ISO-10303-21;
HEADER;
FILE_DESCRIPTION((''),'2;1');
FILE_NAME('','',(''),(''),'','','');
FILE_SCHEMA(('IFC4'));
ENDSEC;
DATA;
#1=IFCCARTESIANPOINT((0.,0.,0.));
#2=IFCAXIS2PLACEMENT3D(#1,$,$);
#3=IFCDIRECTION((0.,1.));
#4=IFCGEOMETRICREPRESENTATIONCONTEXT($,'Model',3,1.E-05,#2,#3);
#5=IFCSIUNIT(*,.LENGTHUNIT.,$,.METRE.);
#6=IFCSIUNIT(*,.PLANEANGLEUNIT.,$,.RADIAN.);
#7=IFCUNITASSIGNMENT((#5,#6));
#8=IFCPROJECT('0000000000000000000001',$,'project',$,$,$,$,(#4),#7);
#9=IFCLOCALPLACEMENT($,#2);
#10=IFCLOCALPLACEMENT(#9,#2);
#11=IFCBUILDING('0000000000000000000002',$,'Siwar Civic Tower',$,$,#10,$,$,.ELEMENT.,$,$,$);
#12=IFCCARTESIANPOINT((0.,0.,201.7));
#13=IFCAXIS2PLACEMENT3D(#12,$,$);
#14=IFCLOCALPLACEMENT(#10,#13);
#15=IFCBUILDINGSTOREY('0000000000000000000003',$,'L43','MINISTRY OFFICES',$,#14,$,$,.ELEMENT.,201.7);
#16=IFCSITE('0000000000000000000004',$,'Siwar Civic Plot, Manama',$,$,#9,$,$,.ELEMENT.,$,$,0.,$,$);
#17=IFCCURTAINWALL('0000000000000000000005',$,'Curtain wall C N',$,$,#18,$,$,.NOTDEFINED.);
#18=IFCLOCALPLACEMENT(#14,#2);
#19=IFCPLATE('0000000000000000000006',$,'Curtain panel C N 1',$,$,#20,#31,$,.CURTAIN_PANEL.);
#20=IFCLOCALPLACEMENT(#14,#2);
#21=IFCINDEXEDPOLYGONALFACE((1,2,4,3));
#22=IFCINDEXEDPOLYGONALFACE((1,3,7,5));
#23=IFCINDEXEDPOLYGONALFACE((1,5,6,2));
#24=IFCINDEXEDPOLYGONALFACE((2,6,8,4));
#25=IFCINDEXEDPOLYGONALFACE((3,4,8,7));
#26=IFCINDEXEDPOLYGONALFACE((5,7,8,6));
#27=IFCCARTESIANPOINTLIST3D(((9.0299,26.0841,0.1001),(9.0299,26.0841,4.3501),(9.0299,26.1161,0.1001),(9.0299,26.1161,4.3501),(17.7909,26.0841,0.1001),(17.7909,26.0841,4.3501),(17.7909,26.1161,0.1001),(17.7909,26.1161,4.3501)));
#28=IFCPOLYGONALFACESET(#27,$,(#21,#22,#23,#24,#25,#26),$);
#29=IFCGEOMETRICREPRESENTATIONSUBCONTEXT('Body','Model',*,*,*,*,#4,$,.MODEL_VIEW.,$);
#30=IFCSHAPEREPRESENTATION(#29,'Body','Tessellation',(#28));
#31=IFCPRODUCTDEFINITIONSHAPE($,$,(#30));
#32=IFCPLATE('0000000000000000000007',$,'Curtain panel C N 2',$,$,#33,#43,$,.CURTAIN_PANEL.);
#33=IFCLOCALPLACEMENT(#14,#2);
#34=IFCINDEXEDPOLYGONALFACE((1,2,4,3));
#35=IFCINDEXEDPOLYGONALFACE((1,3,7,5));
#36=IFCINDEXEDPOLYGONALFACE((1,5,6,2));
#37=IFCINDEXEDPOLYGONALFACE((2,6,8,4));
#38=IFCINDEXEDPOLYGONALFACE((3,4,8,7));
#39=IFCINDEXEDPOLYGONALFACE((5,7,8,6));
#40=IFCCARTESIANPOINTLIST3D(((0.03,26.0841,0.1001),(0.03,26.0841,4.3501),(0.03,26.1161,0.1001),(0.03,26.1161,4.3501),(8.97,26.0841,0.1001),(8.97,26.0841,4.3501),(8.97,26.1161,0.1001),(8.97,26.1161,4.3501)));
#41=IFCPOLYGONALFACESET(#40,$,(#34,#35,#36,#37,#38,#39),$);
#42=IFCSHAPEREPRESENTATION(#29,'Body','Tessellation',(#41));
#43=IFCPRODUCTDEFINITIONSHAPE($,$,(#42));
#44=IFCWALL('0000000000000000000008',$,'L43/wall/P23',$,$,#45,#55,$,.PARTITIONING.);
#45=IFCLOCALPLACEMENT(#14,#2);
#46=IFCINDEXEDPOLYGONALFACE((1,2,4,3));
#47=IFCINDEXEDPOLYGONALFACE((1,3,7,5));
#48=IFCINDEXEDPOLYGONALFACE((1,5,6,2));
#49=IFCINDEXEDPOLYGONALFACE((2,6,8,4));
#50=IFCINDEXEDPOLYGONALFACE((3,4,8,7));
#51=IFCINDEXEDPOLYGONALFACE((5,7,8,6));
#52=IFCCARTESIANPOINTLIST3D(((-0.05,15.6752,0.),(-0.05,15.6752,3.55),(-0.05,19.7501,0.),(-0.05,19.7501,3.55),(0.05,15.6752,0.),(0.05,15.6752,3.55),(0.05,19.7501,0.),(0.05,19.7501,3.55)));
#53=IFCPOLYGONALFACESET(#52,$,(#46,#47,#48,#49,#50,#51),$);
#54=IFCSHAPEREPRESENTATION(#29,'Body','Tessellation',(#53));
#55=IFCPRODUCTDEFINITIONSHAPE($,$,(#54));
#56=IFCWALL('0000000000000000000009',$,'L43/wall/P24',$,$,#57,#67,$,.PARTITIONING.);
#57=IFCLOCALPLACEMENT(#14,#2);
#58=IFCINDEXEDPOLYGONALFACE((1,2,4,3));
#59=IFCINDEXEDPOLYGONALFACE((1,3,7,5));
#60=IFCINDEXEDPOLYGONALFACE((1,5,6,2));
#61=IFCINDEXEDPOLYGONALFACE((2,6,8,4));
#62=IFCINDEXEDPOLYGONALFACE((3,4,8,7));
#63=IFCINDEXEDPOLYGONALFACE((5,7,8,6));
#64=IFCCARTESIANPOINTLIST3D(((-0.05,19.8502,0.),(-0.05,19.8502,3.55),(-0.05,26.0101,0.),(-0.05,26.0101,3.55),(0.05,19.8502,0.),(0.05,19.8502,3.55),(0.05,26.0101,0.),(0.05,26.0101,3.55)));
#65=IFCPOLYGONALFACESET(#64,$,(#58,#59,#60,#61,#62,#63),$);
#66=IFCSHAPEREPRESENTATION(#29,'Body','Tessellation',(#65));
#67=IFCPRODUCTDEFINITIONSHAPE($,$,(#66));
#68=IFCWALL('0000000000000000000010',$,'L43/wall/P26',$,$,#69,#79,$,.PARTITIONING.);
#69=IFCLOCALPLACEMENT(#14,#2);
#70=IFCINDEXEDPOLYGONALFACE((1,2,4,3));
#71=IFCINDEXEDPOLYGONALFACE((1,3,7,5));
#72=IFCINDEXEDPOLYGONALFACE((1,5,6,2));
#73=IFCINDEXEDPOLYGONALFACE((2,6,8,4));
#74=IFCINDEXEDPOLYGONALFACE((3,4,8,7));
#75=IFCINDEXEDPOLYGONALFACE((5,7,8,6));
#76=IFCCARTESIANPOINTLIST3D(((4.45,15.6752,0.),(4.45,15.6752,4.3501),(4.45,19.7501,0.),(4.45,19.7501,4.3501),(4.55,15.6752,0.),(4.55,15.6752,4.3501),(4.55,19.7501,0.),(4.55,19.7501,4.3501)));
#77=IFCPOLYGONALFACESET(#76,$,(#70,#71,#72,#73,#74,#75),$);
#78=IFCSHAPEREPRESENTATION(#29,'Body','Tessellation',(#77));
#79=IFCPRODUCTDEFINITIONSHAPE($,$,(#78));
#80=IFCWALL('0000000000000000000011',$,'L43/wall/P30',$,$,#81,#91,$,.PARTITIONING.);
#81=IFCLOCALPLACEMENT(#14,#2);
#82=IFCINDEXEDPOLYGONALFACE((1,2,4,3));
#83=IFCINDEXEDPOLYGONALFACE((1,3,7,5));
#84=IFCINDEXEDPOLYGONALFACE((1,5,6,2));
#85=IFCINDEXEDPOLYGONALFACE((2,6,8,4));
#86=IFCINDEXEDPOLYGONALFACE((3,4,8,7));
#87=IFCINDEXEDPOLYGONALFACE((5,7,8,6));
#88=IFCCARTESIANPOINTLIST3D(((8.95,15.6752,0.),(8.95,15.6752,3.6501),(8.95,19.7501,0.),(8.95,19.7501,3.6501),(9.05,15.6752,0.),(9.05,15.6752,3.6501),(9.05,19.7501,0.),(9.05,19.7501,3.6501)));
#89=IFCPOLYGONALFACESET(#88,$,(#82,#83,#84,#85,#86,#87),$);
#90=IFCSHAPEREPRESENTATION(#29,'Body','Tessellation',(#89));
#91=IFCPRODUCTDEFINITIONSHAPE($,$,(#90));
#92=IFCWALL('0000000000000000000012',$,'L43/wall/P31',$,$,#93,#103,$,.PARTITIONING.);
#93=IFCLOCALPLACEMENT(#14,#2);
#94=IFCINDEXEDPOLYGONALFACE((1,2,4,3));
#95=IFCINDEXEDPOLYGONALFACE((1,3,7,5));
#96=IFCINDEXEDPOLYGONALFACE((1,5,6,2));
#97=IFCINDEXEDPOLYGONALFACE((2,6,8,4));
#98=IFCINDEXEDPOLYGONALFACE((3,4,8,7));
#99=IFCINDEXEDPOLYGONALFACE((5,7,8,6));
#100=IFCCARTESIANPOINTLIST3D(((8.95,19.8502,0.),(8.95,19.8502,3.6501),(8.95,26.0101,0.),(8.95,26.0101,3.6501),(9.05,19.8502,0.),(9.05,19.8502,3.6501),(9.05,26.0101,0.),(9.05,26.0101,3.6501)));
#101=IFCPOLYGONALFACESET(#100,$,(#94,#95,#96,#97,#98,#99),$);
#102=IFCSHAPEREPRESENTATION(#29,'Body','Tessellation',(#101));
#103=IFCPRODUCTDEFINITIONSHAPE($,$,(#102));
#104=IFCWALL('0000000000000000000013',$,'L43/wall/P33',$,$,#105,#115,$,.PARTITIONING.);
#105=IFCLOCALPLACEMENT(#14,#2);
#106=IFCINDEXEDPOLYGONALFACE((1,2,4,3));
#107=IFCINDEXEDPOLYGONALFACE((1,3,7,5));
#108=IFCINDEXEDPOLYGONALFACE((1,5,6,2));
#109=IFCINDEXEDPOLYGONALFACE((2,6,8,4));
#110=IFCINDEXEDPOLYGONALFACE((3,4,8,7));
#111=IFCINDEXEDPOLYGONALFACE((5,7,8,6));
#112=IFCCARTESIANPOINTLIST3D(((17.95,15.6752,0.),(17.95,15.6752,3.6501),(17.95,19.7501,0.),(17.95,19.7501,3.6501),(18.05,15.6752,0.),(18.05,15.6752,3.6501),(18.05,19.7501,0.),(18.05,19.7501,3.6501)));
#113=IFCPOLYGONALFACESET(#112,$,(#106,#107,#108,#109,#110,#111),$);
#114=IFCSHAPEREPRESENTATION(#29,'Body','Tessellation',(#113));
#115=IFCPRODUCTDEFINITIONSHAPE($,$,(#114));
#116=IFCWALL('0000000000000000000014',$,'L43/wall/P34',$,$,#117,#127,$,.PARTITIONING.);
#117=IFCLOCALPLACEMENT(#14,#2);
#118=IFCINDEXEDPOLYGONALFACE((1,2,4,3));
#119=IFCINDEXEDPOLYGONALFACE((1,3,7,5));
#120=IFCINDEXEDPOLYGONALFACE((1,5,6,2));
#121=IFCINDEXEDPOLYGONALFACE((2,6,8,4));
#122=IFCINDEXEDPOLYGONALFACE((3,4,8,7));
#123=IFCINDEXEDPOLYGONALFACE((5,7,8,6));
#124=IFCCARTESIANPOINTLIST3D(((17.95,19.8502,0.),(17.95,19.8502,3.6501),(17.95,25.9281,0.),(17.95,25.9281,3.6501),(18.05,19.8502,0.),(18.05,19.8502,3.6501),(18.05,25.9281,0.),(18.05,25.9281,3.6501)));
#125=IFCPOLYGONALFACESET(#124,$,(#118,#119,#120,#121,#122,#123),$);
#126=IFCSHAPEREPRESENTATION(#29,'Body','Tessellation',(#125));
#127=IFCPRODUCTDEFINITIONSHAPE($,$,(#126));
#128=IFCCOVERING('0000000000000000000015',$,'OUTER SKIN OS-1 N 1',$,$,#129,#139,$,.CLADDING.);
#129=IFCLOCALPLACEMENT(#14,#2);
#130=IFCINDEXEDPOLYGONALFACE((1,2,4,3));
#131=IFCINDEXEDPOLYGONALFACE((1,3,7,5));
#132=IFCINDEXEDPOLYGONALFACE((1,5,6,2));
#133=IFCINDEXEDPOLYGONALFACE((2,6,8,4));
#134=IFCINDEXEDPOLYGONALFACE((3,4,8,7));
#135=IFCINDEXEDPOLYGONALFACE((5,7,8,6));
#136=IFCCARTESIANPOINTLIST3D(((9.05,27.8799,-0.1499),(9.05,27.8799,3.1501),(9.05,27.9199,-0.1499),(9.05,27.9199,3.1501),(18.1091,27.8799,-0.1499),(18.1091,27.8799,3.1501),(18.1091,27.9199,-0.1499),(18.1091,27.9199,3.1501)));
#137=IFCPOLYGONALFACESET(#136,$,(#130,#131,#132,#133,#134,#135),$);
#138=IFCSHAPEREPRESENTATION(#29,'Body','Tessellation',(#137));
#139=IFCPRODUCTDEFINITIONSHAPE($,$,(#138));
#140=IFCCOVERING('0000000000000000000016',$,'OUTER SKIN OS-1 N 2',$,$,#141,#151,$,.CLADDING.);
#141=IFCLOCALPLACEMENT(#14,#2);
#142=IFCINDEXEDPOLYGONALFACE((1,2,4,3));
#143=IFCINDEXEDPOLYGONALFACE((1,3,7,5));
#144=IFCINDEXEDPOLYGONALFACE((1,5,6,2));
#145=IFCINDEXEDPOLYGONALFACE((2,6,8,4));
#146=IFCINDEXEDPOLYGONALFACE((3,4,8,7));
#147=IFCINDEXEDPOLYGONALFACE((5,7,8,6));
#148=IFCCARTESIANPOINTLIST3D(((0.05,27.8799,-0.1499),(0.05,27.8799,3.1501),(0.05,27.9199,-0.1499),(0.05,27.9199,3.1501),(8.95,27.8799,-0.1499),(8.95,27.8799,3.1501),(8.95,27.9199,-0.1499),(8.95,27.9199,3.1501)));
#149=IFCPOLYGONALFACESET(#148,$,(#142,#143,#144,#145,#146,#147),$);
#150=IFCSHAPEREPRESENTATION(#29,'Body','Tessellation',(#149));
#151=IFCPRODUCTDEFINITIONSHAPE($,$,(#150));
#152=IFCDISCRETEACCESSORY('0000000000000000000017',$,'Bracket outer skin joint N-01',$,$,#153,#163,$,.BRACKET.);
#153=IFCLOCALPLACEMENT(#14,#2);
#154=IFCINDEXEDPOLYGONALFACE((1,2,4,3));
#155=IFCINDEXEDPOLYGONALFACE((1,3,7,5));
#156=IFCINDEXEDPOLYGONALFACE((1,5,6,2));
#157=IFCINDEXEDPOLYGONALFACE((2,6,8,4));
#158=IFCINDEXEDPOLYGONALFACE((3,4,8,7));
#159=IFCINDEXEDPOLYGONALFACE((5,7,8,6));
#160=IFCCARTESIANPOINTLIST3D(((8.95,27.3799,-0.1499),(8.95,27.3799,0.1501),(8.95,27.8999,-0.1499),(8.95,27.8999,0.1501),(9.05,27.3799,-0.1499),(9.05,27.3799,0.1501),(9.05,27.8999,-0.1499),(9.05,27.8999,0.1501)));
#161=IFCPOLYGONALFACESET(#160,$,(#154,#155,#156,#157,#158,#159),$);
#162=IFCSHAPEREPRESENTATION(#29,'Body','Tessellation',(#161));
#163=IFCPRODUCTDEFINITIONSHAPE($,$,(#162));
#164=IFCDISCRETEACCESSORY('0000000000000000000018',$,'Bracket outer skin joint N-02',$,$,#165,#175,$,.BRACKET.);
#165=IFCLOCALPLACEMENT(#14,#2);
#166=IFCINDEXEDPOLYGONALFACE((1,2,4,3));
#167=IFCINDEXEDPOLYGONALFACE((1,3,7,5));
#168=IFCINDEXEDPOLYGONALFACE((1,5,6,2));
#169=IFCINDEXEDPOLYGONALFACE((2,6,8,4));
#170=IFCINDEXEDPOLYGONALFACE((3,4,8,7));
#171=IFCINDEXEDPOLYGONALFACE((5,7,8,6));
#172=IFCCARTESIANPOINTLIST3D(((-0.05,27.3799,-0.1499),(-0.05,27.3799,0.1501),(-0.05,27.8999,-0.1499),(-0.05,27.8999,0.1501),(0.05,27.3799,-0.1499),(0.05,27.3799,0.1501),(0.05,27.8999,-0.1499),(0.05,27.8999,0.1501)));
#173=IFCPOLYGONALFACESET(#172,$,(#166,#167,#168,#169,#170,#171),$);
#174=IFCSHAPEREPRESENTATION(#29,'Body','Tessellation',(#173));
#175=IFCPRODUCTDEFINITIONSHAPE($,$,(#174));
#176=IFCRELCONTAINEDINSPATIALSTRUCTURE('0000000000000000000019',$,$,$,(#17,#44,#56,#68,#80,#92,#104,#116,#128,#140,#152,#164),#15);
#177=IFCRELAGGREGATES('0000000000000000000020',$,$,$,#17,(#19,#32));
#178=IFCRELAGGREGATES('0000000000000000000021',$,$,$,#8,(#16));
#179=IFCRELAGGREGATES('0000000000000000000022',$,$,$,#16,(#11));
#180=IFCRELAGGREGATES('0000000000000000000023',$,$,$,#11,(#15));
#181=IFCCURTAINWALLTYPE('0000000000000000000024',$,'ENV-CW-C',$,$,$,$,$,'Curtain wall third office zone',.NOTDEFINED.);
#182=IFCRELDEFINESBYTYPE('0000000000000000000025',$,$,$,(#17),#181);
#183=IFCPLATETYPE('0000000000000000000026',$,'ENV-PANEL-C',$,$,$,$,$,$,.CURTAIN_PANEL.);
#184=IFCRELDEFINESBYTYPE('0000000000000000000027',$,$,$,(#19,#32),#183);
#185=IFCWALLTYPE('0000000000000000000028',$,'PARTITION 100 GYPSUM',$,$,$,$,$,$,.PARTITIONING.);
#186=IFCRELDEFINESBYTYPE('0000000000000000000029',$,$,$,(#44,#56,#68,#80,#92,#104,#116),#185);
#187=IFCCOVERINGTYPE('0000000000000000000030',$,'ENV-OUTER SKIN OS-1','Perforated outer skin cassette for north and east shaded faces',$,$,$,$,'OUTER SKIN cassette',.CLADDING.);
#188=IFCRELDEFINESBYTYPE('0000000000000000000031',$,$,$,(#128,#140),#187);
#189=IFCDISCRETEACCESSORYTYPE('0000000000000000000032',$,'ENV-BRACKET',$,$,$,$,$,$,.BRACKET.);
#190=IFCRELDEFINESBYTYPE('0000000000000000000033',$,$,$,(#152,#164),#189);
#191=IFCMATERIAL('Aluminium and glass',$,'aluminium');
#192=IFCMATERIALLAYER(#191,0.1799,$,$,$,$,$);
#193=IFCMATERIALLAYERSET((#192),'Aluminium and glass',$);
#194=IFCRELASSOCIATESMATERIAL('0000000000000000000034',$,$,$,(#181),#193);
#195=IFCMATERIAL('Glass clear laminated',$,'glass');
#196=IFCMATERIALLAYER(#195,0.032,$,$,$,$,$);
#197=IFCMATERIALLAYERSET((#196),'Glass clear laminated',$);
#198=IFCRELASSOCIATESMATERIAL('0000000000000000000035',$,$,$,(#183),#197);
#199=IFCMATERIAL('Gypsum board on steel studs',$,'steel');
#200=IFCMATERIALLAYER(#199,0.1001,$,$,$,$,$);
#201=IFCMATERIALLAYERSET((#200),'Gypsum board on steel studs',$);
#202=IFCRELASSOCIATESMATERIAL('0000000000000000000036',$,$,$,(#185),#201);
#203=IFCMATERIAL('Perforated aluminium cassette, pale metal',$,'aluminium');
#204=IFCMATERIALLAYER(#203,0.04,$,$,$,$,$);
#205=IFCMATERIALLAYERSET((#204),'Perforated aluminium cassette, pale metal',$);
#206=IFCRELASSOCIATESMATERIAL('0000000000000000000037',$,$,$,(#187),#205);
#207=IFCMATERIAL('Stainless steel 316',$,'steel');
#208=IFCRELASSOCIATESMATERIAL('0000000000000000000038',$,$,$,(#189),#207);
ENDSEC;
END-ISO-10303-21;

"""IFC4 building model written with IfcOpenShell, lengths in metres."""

from ifc_helpers import new_model, si_unit, direction, frame, frame_2d, origin, origin_2d, place, context, subcontext, project, spatial, rectangle, extrude, material, layer, layer_set, type_object, element, aggregate, save


model = new_model("IFC4")

# Units and contexts
model_context = context("Model", 3, precision=1e-05, world=origin(), true_north=direction((0.0, 1.0)))
body_context = subcontext(model_context, "Body", "Model", "MODEL_VIEW")
ifc_project = project(units=[si_unit("LENGTHUNIT", "METRE"), si_unit("PLANEANGLEUNIT", "RADIAN")], contexts=[model_context])

# Site, building, storey
site_placement = place(None, origin())
site = spatial("IfcSite", under=ifc_project, at=site_placement, Name="Siwar Civic Plot, Manama", CompositionType="ELEMENT", RefElevation=0.0)
building_placement = place(site_placement, origin())
building = spatial("IfcBuilding", under=site, at=building_placement, Name="Siwar Civic Tower", CompositionType="ELEMENT")
storey_placement = place(building_placement, frame((0.0, 0.0, 201.7)))
storey = spatial("IfcBuildingStorey", under=building, at=storey_placement, Name="L43", Description="MINISTRY OFFICES", CompositionType="ELEMENT", Elevation=201.7)

# Curtain wall
ifc_material_1 = material(Name="Aluminium and glass", Category="aluminium")
ifc_layer_1 = layer(ifc_material_1, 0.1799)
ifc_layer_set_1 = layer_set([ifc_layer_1], Name="Aluminium and glass")
curtain_wall_type = type_object("IfcCurtainWallType", Name="ENV-CW-C", ElementType="Curtain wall third office zone", PredefinedType="NOTDEFINED", material=ifc_layer_set_1)
curtain_wall_placement = place(storey_placement, origin())
curtain_wall = element("IfcCurtainWall", 1, at=curtain_wall_placement, inside=storey, type_object=curtain_wall_type, Name="Curtain wall C N", PredefinedType="NOTDEFINED")

# Plates
ifc_material_2 = material(Name="Glass clear laminated", Category="glass")
ifc_layer_2 = layer(ifc_material_2, 0.032)
ifc_layer_set_2 = layer_set([ifc_layer_2], Name="Glass clear laminated")
plate_type = type_object("IfcPlateType", Name="ENV-PANEL-C", PredefinedType="CURTAIN_PANEL", material=ifc_layer_set_2)
plate_1_placement = place(storey_placement, frame((13.4104, 26.1001, 0.1001), z_axis=(0.0, 0.0, 1.0), x_axis=(-1.0, 0.0, 0.0)))
plate_1 = element("IfcPlate", 2, at=plate_1_placement, type_object=plate_type, Name="Curtain panel C N 1", PredefinedType="CURTAIN_PANEL", context=body_context, shape_type="SweptSolid", body=[
    extrude(rectangle(XDim=8.761, YDim=0.032, at=origin_2d()), origin(), (0.0, 0.0, 1.0), 4.25),
])
plate_2_placement = place(storey_placement, frame((4.5, 26.1001, 0.1001), z_axis=(0.0, 0.0, 1.0), x_axis=(-1.0, 0.0, 0.0)))
plate_2 = element("IfcPlate", 3, at=plate_2_placement, type_object=plate_type, Name="Curtain panel C N 2", PredefinedType="CURTAIN_PANEL", context=body_context, shape_type="SweptSolid", body=[
    extrude(rectangle(XDim=8.9399, YDim=0.032, at=origin_2d()), origin(), (0.0, 0.0, 1.0), 4.25),
])
aggregate(curtain_wall, [plate_1, plate_2])

# Walls
ifc_material_3 = material(Name="Gypsum board on steel studs", Category="steel")
ifc_layer_3 = layer(ifc_material_3, 0.1001)
ifc_layer_set_3 = layer_set([ifc_layer_3], Name="Gypsum board on steel studs")
wall_type = type_object("IfcWallType", Name="PARTITION 100 GYPSUM", PredefinedType="PARTITIONING", material=ifc_layer_set_3)
wall_1_placement = place(storey_placement, frame((0.0, 15.675, 0.0), z_axis=(0.0, 0.0, 1.0), x_axis=(0.0, 1.0, 0.0)))
element("IfcWall", 4, at=wall_1_placement, inside=storey, type_object=wall_type, Name="L43/wall/P23", PredefinedType="PARTITIONING", context=body_context, shape_type="SweptSolid", body=[
    extrude(rectangle(XDim=4.075, YDim=0.1001, at=frame_2d((2.0376, 0.0))), origin(), (0.0, 0.0, 1.0), 3.55),
])
wall_2_placement = place(storey_placement, frame((0.0, 19.8501, 0.0), z_axis=(0.0, 0.0, 1.0), x_axis=(0.0, 1.0, 0.0)))
element("IfcWall", 5, at=wall_2_placement, inside=storey, type_object=wall_type, Name="L43/wall/P24", PredefinedType="PARTITIONING", context=body_context, shape_type="SweptSolid", body=[
    extrude(rectangle(XDim=6.1599, YDim=0.1001, at=frame_2d((3.0801, 0.0))), origin(), (0.0, 0.0, 1.0), 3.55),
])
wall_3_placement = place(storey_placement, frame((4.5, 15.675, 0.0), z_axis=(0.0, 0.0, 1.0), x_axis=(0.0, 1.0, 0.0)))
element("IfcWall", 6, at=wall_3_placement, inside=storey, type_object=wall_type, Name="L43/wall/P26", PredefinedType="PARTITIONING", context=body_context, shape_type="SweptSolid", body=[
    extrude(rectangle(XDim=4.075, YDim=0.1001, at=frame_2d((2.0376, 0.0))), origin(), (0.0, 0.0, 1.0), 4.3501),
])
wall_4_placement = place(storey_placement, frame((9.0, 15.675, 0.0), z_axis=(0.0, 0.0, 1.0), x_axis=(0.0, 1.0, 0.0)))
element("IfcWall", 7, at=wall_4_placement, inside=storey, type_object=wall_type, Name="L43/wall/P30", PredefinedType="PARTITIONING", context=body_context, shape_type="SweptSolid", body=[
    extrude(rectangle(XDim=4.075, YDim=0.1001, at=frame_2d((2.0376, 0.0))), origin(), (0.0, 0.0, 1.0), 3.6501),
])
wall_5_placement = place(storey_placement, frame((9.0, 19.8501, 0.0), z_axis=(0.0, 0.0, 1.0), x_axis=(0.0, 1.0, 0.0)))
element("IfcWall", 8, at=wall_5_placement, inside=storey, type_object=wall_type, Name="L43/wall/P31", PredefinedType="PARTITIONING", context=body_context, shape_type="SweptSolid", body=[
    extrude(rectangle(XDim=6.1599, YDim=0.1001, at=frame_2d((3.0801, 0.0))), origin(), (0.0, 0.0, 1.0), 3.6501),
])
wall_6_placement = place(storey_placement, frame((18.0, 15.675, 0.0), z_axis=(0.0, 0.0, 1.0), x_axis=(0.0, 1.0, 0.0)))
element("IfcWall", 9, at=wall_6_placement, inside=storey, type_object=wall_type, Name="L43/wall/P33", PredefinedType="PARTITIONING", context=body_context, shape_type="SweptSolid", body=[
    extrude(rectangle(XDim=4.075, YDim=0.1001, at=frame_2d((2.0376, 0.0))), origin(), (0.0, 0.0, 1.0), 3.6501),
])
wall_7_placement = place(storey_placement, frame((18.0, 19.8501, 0.0), z_axis=(0.0, 0.0, 1.0), x_axis=(0.0, 1.0, 0.0)))
element("IfcWall", 10, at=wall_7_placement, inside=storey, type_object=wall_type, Name="L43/wall/P34", PredefinedType="PARTITIONING", context=body_context, shape_type="SweptSolid", body=[
    extrude(rectangle(XDim=6.0779, YDim=0.1001, at=frame_2d((3.0391, 0.0))), origin(), (0.0, 0.0, 1.0), 3.6501),
])

# Coverings
ifc_material_4 = material(Name="Perforated aluminium cassette, pale metal", Category="aluminium")
ifc_layer_4 = layer(ifc_material_4, 0.04)
ifc_layer_set_4 = layer_set([ifc_layer_4], Name="Perforated aluminium cassette, pale metal")
covering_type = type_object("IfcCoveringType", Name="ENV-OUTER SKIN OS-1", Description="Perforated outer skin cassette for north and east shaded faces", ElementType="OUTER SKIN cassette", PredefinedType="CLADDING", material=ifc_layer_set_4)
covering_1_placement = place(storey_placement, frame((13.5796, 27.8999, -0.1499), z_axis=(0.0, 0.0, 1.0), x_axis=(-1.0, 0.0, 0.0)))
element("IfcCovering", 11, at=covering_1_placement, inside=storey, type_object=covering_type, Name="OUTER SKIN OS-1 N 1", PredefinedType="CLADDING", context=body_context, shape_type="SweptSolid", body=[
    extrude(rectangle(XDim=9.0591, YDim=0.04, at=origin_2d()), origin(), (0.0, 0.0, 1.0), 3.3),
])
covering_2_placement = place(storey_placement, frame((4.5, 27.8999, -0.1499), z_axis=(0.0, 0.0, 1.0), x_axis=(-1.0, 0.0, 0.0)))
element("IfcCovering", 12, at=covering_2_placement, inside=storey, type_object=covering_type, Name="OUTER SKIN OS-1 N 2", PredefinedType="CLADDING", context=body_context, shape_type="SweptSolid", body=[
    extrude(rectangle(XDim=8.8999, YDim=0.04, at=origin_2d()), origin(), (0.0, 0.0, 1.0), 3.3),
])

# Discrete accessories
ifc_material_5 = material(Name="Stainless steel 316", Category="steel")
discrete_accessory_type = type_object("IfcDiscreteAccessoryType", Name="ENV-BRACKET", PredefinedType="BRACKET", material=ifc_material_5)
for number, where, z_axis, x_axis, name in (
    (13, (9.0, 27.6399, -0.1499), (0.0, 0.0, 1.0), (0.0, 1.0, 0.0), "Bracket outer skin joint N-01"),
    (14, (0.0, 27.6399, -0.1499), (0.0, 0.0, 1.0), (0.0, 1.0, 0.0), "Bracket outer skin joint N-02"),
):
    element("IfcDiscreteAccessory", number, at=place(storey_placement, frame(where, z_axis=z_axis, x_axis=x_axis)), inside=storey, type_object=discrete_accessory_type, Name=name, PredefinedType="BRACKET", context=body_context, shape_type="SweptSolid", body=[
        extrude(rectangle(XDim=0.52, YDim=0.1001, at=origin_2d()), origin(), (0.0, 0.0, 1.0), 0.3),
    ])

save(model, "model.ifc")
